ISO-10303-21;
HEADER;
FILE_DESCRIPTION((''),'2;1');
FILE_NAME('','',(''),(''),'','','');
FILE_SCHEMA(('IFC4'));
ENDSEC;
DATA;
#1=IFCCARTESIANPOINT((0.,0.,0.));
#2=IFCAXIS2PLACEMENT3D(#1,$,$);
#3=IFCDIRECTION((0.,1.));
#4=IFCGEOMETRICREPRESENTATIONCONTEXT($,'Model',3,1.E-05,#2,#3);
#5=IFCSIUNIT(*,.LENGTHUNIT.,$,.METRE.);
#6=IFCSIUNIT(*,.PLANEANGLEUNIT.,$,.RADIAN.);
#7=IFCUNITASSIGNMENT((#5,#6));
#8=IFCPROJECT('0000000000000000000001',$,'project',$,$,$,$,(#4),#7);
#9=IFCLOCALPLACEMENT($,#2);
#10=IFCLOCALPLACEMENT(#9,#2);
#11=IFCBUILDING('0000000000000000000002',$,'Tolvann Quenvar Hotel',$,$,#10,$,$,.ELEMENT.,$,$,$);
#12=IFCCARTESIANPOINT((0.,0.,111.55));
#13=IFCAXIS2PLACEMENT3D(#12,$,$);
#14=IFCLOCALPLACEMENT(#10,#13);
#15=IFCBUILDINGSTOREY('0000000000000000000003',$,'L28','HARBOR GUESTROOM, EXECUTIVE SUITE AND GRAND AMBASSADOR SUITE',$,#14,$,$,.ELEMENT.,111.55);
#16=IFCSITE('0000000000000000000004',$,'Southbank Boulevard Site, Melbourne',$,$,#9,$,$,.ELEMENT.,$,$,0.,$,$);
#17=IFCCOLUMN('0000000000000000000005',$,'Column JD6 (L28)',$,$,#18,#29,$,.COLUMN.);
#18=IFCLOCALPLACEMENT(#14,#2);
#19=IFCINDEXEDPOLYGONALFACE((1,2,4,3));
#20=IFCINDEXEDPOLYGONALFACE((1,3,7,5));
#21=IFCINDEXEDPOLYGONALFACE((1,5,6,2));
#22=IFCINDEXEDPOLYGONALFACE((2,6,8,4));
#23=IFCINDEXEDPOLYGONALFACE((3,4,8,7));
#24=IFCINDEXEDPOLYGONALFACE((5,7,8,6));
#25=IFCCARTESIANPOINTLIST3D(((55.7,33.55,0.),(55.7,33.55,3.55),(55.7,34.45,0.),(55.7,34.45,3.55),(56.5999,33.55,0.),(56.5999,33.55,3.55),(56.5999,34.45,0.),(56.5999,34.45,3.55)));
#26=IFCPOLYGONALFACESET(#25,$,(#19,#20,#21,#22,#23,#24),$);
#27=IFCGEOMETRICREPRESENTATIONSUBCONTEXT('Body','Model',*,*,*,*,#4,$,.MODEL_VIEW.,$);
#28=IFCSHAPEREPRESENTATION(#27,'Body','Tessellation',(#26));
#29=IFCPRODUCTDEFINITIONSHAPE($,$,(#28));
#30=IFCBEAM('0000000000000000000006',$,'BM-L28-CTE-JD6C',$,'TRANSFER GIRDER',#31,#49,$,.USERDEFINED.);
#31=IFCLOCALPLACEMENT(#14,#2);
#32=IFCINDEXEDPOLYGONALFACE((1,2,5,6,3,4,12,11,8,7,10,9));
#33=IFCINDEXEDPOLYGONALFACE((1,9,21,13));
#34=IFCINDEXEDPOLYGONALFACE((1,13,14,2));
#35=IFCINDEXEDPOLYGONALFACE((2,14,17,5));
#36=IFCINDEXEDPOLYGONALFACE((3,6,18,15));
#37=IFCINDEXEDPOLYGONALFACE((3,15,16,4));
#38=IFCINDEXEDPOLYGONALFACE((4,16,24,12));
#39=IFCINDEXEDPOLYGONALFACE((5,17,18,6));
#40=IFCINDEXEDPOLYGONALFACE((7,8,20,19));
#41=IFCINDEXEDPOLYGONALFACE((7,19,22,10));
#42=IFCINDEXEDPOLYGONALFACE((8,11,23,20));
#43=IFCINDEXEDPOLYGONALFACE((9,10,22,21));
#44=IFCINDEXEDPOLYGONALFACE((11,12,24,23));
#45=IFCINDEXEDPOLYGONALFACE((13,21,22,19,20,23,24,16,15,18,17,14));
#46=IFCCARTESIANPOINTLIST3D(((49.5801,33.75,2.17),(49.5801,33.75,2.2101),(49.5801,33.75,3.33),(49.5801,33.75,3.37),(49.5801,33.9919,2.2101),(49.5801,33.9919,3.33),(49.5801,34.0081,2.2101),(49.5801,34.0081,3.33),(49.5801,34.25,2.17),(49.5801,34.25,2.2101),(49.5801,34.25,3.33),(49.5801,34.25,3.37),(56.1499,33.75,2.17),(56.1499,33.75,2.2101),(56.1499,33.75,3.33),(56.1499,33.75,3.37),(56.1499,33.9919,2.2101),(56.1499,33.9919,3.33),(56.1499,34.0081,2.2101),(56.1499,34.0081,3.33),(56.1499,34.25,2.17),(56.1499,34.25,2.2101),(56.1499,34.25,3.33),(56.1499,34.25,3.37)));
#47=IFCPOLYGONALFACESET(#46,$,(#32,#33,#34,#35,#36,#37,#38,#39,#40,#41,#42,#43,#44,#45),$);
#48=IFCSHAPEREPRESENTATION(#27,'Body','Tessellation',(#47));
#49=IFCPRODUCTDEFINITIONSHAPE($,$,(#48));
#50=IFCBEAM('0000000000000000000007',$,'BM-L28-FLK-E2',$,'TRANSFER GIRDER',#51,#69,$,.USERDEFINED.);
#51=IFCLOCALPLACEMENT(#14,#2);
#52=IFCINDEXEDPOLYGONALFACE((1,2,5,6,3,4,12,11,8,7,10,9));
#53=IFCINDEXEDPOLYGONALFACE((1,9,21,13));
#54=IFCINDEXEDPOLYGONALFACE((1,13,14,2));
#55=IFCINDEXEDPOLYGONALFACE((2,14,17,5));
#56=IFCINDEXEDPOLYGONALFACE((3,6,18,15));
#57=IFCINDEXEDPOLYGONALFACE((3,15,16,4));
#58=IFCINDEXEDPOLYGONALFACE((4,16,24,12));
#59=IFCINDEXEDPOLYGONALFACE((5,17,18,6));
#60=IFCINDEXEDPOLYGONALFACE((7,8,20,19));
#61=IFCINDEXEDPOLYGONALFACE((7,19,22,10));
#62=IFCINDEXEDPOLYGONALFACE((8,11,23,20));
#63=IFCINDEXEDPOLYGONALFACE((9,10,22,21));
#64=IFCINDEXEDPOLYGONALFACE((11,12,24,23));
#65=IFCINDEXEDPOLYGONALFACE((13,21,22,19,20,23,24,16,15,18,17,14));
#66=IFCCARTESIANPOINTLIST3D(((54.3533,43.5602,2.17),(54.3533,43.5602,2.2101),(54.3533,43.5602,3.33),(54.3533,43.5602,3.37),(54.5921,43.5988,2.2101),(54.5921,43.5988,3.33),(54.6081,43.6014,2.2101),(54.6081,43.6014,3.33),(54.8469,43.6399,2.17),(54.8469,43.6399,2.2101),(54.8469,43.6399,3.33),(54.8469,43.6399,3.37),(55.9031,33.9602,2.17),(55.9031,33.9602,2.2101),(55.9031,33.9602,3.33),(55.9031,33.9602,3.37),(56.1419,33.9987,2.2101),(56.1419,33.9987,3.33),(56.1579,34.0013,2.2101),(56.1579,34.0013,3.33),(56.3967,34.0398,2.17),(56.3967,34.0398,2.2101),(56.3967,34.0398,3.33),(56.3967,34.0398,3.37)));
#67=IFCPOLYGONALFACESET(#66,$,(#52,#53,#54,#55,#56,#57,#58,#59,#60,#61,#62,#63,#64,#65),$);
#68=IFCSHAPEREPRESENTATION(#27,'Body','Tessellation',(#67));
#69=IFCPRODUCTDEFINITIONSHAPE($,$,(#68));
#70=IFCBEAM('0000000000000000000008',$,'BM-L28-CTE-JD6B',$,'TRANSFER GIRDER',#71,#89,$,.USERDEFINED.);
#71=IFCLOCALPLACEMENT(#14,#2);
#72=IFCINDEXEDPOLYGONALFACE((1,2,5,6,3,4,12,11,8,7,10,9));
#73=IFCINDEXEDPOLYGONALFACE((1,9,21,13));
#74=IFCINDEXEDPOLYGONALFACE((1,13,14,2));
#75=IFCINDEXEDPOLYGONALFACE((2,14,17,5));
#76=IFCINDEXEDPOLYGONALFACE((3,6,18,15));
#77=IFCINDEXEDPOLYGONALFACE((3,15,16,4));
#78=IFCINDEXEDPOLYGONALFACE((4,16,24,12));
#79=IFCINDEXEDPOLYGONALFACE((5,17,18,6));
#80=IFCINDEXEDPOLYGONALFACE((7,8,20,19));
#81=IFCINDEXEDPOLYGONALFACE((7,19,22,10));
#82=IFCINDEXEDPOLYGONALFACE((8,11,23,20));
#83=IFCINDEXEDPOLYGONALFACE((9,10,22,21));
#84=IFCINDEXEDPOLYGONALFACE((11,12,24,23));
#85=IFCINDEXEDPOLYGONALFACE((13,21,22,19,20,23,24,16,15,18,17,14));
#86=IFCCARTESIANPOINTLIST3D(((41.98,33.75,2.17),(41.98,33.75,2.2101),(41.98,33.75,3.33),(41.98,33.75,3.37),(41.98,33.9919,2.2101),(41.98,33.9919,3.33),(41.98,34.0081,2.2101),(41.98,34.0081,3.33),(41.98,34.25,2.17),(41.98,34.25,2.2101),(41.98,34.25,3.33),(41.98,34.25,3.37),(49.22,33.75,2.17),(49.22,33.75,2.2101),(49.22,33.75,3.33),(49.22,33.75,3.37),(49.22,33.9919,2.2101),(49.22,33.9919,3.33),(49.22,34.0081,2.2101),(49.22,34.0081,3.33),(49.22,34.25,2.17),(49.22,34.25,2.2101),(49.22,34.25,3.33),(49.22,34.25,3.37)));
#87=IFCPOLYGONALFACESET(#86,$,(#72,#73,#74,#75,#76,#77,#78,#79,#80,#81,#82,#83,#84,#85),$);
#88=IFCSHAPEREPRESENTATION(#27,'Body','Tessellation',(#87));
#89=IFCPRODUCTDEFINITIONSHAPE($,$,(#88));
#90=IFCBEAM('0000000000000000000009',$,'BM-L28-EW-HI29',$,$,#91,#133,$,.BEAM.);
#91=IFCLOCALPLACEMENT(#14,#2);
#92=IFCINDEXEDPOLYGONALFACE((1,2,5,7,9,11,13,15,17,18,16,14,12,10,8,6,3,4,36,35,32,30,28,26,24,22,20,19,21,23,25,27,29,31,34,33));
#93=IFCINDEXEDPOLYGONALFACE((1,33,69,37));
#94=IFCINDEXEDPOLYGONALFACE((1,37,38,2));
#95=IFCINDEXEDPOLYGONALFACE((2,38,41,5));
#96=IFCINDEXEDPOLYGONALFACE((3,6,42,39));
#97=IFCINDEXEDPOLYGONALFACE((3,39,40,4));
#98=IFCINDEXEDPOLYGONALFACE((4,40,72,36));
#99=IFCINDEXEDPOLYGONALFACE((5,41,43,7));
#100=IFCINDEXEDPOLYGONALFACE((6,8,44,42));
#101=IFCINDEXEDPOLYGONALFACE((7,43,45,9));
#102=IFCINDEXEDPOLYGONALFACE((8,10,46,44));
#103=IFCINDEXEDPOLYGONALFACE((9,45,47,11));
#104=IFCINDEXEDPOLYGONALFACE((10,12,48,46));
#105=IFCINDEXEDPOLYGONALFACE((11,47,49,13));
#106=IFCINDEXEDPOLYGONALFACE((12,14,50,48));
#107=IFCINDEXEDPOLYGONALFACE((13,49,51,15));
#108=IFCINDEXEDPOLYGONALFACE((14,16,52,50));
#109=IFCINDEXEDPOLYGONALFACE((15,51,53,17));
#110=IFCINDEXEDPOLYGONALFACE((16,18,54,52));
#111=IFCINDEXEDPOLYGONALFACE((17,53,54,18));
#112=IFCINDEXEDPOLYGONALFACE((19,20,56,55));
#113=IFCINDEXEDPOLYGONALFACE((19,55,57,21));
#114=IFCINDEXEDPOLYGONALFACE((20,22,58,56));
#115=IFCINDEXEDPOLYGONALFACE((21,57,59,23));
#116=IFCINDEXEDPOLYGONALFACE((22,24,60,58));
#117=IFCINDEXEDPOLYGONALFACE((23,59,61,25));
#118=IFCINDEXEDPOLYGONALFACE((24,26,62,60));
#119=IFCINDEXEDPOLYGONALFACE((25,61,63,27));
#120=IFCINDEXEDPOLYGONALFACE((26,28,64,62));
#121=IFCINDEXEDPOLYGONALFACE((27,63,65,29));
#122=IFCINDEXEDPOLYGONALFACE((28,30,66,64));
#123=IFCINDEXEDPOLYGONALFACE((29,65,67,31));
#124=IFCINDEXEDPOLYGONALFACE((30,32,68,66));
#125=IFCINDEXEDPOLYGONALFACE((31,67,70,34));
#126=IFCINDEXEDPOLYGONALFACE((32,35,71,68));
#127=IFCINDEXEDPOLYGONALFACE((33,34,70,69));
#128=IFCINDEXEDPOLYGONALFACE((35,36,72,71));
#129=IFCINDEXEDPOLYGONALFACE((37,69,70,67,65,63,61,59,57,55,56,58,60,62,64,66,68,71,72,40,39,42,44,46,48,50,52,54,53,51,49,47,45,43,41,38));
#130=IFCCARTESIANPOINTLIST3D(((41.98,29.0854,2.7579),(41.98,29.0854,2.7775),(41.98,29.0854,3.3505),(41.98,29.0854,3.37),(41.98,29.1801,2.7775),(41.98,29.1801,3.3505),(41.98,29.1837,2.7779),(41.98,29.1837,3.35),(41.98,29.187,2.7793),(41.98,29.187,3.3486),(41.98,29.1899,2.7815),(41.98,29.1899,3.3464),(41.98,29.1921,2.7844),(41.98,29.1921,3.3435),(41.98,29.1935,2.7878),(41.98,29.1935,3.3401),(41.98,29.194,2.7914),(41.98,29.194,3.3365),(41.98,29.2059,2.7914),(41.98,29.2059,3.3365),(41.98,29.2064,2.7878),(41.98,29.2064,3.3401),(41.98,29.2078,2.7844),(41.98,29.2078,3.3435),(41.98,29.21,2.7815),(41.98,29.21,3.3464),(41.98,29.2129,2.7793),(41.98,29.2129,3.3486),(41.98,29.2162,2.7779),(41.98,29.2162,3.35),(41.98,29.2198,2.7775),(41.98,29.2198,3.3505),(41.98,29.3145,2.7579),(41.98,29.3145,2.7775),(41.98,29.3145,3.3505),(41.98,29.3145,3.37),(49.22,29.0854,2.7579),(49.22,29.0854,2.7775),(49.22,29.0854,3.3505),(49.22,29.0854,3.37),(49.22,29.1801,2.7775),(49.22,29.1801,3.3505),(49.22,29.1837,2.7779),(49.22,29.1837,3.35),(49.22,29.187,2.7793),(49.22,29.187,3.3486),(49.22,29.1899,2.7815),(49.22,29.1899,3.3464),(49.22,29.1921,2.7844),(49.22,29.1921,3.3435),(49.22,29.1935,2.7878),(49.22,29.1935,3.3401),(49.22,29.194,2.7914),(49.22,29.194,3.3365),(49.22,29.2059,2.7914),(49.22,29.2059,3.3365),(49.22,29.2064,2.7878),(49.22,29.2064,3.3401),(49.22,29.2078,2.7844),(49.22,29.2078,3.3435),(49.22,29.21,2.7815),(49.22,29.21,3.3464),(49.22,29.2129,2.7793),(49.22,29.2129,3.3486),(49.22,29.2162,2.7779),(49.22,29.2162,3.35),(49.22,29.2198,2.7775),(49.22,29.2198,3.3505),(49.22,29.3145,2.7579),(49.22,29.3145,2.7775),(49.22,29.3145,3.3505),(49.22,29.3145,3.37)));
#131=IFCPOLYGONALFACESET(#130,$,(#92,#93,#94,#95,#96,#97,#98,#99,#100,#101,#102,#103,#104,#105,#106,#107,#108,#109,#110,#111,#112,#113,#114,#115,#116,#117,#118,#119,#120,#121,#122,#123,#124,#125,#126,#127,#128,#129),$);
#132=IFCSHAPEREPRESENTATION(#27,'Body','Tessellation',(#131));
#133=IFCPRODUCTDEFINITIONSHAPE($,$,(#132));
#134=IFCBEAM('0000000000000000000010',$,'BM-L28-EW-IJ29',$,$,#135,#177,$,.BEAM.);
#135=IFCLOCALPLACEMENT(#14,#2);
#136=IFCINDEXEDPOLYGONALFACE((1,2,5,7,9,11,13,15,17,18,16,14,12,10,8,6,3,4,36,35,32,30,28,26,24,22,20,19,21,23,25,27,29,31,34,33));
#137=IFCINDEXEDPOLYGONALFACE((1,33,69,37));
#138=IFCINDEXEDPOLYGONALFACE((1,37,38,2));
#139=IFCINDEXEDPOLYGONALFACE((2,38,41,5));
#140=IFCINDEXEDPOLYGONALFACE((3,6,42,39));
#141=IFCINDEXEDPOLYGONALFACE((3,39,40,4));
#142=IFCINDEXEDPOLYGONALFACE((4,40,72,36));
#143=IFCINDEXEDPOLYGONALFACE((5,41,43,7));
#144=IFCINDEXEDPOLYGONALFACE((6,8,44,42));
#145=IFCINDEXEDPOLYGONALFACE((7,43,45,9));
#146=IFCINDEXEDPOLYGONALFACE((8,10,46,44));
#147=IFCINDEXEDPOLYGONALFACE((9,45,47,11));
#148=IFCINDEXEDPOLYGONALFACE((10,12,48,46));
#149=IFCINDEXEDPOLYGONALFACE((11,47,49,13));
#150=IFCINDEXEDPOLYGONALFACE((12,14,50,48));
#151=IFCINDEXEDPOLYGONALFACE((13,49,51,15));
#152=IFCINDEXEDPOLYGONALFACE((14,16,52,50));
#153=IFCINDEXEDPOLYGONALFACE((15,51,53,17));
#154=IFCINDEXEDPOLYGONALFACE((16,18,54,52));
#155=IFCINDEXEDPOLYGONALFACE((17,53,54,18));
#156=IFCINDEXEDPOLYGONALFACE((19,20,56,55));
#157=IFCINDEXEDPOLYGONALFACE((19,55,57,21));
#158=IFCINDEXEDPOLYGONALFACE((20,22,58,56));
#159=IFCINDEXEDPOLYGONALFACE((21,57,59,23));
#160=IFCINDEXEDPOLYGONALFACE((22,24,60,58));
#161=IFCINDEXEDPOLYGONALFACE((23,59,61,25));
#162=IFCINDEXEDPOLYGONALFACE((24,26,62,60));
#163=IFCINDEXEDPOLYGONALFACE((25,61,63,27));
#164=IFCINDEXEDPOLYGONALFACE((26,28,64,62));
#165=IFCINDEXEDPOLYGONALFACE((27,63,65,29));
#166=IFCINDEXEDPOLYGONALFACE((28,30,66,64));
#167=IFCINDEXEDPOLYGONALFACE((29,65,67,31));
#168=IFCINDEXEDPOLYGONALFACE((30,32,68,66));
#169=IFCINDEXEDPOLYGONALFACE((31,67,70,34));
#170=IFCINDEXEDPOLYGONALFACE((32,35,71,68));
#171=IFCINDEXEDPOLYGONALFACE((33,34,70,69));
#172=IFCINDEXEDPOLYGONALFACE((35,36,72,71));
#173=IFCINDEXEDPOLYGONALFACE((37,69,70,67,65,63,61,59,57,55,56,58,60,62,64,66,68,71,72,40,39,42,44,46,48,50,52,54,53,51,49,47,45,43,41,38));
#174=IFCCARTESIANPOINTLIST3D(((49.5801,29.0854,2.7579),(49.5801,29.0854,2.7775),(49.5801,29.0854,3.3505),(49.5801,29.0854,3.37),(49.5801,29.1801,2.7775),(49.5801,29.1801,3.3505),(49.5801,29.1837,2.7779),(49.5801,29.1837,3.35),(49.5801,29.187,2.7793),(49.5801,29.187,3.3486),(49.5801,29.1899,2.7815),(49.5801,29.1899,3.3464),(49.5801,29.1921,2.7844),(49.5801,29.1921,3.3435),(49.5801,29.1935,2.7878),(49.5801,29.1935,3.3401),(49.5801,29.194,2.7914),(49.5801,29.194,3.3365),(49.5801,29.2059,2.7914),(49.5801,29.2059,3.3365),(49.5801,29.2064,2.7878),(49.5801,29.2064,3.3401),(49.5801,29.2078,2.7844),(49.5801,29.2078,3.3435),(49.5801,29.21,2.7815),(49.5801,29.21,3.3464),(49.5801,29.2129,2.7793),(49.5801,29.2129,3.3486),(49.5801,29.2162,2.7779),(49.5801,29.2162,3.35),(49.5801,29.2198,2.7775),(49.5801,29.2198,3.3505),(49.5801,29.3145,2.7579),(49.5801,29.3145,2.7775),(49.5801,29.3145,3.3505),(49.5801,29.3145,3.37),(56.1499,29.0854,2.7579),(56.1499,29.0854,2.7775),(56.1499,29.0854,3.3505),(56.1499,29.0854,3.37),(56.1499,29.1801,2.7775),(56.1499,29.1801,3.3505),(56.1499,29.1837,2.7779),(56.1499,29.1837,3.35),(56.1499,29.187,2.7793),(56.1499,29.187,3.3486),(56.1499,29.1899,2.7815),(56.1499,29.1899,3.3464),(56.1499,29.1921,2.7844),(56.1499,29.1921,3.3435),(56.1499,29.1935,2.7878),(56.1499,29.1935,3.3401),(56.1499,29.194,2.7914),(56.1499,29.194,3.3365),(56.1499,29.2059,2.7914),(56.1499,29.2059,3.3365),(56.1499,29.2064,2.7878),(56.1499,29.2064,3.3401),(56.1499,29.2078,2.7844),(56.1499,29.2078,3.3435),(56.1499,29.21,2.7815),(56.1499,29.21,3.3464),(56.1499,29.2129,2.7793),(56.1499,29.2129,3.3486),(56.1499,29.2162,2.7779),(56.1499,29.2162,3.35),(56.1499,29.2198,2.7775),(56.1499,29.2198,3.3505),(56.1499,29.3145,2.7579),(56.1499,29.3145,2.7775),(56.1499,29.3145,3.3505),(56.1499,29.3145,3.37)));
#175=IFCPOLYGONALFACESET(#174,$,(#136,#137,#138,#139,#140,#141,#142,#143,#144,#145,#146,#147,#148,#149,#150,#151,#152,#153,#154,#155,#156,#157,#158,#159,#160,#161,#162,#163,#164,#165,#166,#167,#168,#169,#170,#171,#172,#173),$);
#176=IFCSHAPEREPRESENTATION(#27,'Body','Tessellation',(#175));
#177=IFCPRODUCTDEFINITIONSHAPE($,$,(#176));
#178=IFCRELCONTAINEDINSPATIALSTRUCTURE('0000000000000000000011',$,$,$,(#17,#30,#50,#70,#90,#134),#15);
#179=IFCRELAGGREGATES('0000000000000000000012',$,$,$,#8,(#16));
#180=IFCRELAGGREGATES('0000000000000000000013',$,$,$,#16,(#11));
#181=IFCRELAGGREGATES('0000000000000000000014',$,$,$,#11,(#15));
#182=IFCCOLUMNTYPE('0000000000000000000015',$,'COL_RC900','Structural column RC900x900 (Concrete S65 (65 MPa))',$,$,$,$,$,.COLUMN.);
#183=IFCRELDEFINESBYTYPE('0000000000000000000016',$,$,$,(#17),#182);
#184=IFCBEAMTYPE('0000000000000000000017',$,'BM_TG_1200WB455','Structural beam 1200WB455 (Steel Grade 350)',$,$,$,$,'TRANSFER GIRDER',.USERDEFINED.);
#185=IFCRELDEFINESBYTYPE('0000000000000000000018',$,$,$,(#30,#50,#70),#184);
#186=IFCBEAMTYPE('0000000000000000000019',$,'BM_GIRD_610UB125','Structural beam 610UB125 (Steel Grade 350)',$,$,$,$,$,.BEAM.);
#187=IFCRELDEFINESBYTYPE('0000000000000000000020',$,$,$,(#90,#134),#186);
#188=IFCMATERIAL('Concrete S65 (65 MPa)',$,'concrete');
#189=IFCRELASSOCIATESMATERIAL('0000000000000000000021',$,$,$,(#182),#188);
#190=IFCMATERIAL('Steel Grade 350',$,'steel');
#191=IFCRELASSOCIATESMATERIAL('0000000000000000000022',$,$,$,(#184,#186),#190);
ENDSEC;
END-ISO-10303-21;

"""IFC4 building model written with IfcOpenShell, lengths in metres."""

from ifc_helpers import new_model, si_unit, direction, frame, origin, origin_2d, place, context, subcontext, project, spatial, rectangle, i_section, extrude, source, transform, mapped, material, material_profile, profile_set, type_object, type_shapes, element, save


model = new_model("IFC4")

# Units and contexts
model_context = context("Model", 3, precision=1e-05, world=origin(), true_north=direction((0.0, 1.0)))
body_context = subcontext(model_context, "Body", "Model", "MODEL_VIEW")
ifc_project = project(units=[si_unit("LENGTHUNIT", "METRE"), si_unit("PLANEANGLEUNIT", "RADIAN")], contexts=[model_context])

# Site, building, storey
site_placement = place(None, origin())
site = spatial("IfcSite", under=ifc_project, at=site_placement, Name="Southbank Boulevard Site, Melbourne", CompositionType="ELEMENT", RefElevation=0.0)
building_placement = place(site_placement, origin())
building = spatial("IfcBuilding", under=site, at=building_placement, Name="Tolvann Quenvar Hotel", CompositionType="ELEMENT")
storey_placement = place(building_placement, frame((0.0, 0.0, 111.55)))
storey = spatial("IfcBuildingStorey", under=building, at=storey_placement, Name="L28", Description="HARBOR GUESTROOM, EXECUTIVE SUITE AND GRAND AMBASSADOR SUITE", CompositionType="ELEMENT", Elevation=111.55)

# Column
ifc_material_1 = material(Name="Concrete S65 (65 MPa)", Category="concrete")
ifc_material_profile_1 = material_profile(ifc_material_1, rectangle(XDim=0.8999, YDim=0.8999, at=origin_2d()), Name="RC900x900")
ifc_profile_set_1 = profile_set([ifc_material_profile_1], Name="Concrete S65 (65 MPa)")
column_type = type_object("IfcColumnType", Name="COL_RC900", Description="Structural column RC900x900 (Concrete S65 (65 MPa))", PredefinedType="COLUMN", material=ifc_profile_set_1)
shared_shape_1 = source(origin(), body_context, "Body", "SweptSolid", [
    extrude(rectangle(XDim=0.8999, YDim=0.8999, at=origin_2d()), origin(), (0.0, 0.0, 1.0), 3.55),
])
type_shapes(column_type, [shared_shape_1])
column_placement = place(storey_placement, frame((56.1499, 34.0, 0.0), z_axis=(0.0, 0.0, 1.0), x_axis=(1.0, 0.0, 0.0)))
element("IfcColumn", 1, at=column_placement, inside=storey, type_object=column_type, Name="Column JD6 (L28)", PredefinedType="COLUMN", context=body_context, shape_type="MappedRepresentation", body=[
    mapped(shared_shape_1, transform((0.0, 0.0, 0.0), x_axis=(1.0, 0.0, 0.0), y_axis=(0.0, 1.0, 0.0), z_axis=(0.0, 0.0, 1.0), scale=1.0)),
])

# Beams
ifc_material_2 = material(Name="Steel Grade 350", Category="steel")
ifc_material_profile_2 = material_profile(ifc_material_2, i_section(OverallWidth=0.5, OverallDepth=1.2, WebThickness=0.0161, FlangeThickness=0.04, at=origin_2d()), Name="1200WB455")
ifc_profile_set_2 = profile_set([ifc_material_profile_2], Name="Steel Grade 350")
beam_type_1 = type_object("IfcBeamType", Name="BM_TG_1200WB455", Description="Structural beam 1200WB455 (Steel Grade 350)", ElementType="TRANSFER GIRDER", PredefinedType="USERDEFINED", material=ifc_profile_set_2)
shared_shape_2 = source(origin(), body_context, "Body", "SweptSolid", [
    extrude(i_section(OverallWidth=0.5, OverallDepth=1.2, WebThickness=0.0161, FlangeThickness=0.04, at=origin_2d()), origin(), (0.0, 0.0, 1.0), 6.5698),
])
beam_1_placement = place(storey_placement, frame((49.5801, 34.0, 2.77), z_axis=(1.0, 0.0, 0.0), x_axis=(0.0, 1.0, 0.0)))
element("IfcBeam", 2, at=beam_1_placement, inside=storey, type_object=beam_type_1, Name="BM-L28-CTE-JD6C", ObjectType="TRANSFER GIRDER", PredefinedType="USERDEFINED", context=body_context, shape_type="MappedRepresentation", body=[
    mapped(shared_shape_2, transform((0.0, 0.0, 0.0), x_axis=(1.0, 0.0, 0.0), y_axis=(0.0, 1.0, 0.0), z_axis=(0.0, 0.0, 1.0), scale=1.0)),
])
shared_shape_3 = source(origin(), body_context, "Body", "SweptSolid", [
    extrude(i_section(OverallWidth=0.5, OverallDepth=1.2, WebThickness=0.0161, FlangeThickness=0.04, at=origin_2d()), origin(), (0.0, 0.0, 1.0), 9.7244),
])
beam_2_placement = place(storey_placement, frame((56.1499, 34.0, 2.77), z_axis=(-0.159373, 0.987218, 0.0), x_axis=(-0.987218, -0.159373, 0.0)))
element("IfcBeam", 3, at=beam_2_placement, inside=storey, type_object=beam_type_1, Name="BM-L28-FLK-E2", ObjectType="TRANSFER GIRDER", PredefinedType="USERDEFINED", context=body_context, shape_type="MappedRepresentation", body=[
    mapped(shared_shape_3, transform((0.0, 0.0, 0.0), x_axis=(1.0, 0.0, 0.0), y_axis=(0.0, 1.0, 0.0), z_axis=(0.0, 0.0, 1.0), scale=1.0)),
])
shared_shape_4 = source(origin(), body_context, "Body", "SweptSolid", [
    extrude(i_section(OverallWidth=0.5, OverallDepth=1.2, WebThickness=0.0161, FlangeThickness=0.04, at=origin_2d()), origin(), (0.0, 0.0, 1.0), 7.24),
])
type_shapes(beam_type_1, [shared_shape_2, shared_shape_3, shared_shape_4])
beam_3_placement = place(storey_placement, frame((41.98, 34.0, 2.77), z_axis=(1.0, 0.0, 0.0), x_axis=(0.0, 1.0, 0.0)))
element("IfcBeam", 4, at=beam_3_placement, inside=storey, type_object=beam_type_1, Name="BM-L28-CTE-JD6B", ObjectType="TRANSFER GIRDER", PredefinedType="USERDEFINED", context=body_context, shape_type="MappedRepresentation", body=[
    mapped(shared_shape_4, transform((0.0, 0.0, 0.0), x_axis=(1.0, 0.0, 0.0), y_axis=(0.0, 1.0, 0.0), z_axis=(0.0, 0.0, 1.0), scale=1.0)),
])
ifc_material_profile_3 = material_profile(ifc_material_2, i_section(OverallWidth=0.229, OverallDepth=0.6121, WebThickness=0.012, FlangeThickness=0.0195, FilletRadius=0.0139, at=origin_2d()), Name="610UB125")
ifc_profile_set_3 = profile_set([ifc_material_profile_3], Name="Steel Grade 350")
beam_type_2 = type_object("IfcBeamType", Name="BM_GIRD_610UB125", Description="Structural beam 610UB125 (Steel Grade 350)", PredefinedType="BEAM", material=ifc_profile_set_3)
shared_shape_5 = source(origin(), body_context, "Body", "SweptSolid", [
    extrude(i_section(OverallWidth=0.229, OverallDepth=0.6121, WebThickness=0.012, FlangeThickness=0.0195, FilletRadius=0.0139, at=origin_2d()), origin(), (0.0, 0.0, 1.0), 7.24),
])
beam_4_placement = place(storey_placement, frame((41.98, 29.2, 3.064), z_axis=(1.0, 0.0, 0.0), x_axis=(0.0, 1.0, 0.0)))
element("IfcBeam", 5, at=beam_4_placement, inside=storey, type_object=beam_type_2, Name="BM-L28-EW-HI29", PredefinedType="BEAM", context=body_context, shape_type="MappedRepresentation", body=[
    mapped(shared_shape_5, transform((0.0, 0.0, 0.0), x_axis=(1.0, 0.0, 0.0), y_axis=(0.0, 1.0, 0.0), z_axis=(0.0, 0.0, 1.0), scale=1.0)),
])
shared_shape_6 = source(origin(), body_context, "Body", "SweptSolid", [
    extrude(i_section(OverallWidth=0.229, OverallDepth=0.6121, WebThickness=0.012, FlangeThickness=0.0195, FilletRadius=0.0139, at=origin_2d()), origin(), (0.0, 0.0, 1.0), 6.5698),
])
type_shapes(beam_type_2, [shared_shape_5, shared_shape_6])
beam_5_placement = place(storey_placement, frame((49.5801, 29.2, 3.064), z_axis=(1.0, 0.0, 0.0), x_axis=(0.0, 1.0, 0.0)))
element("IfcBeam", 6, at=beam_5_placement, inside=storey, type_object=beam_type_2, Name="BM-L28-EW-IJ29", PredefinedType="BEAM", context=body_context, shape_type="MappedRepresentation", body=[
    mapped(shared_shape_6, transform((0.0, 0.0, 0.0), x_axis=(1.0, 0.0, 0.0), y_axis=(0.0, 1.0, 0.0), z_axis=(0.0, 0.0, 1.0), scale=1.0)),
])

save(model, "model.ifc")
